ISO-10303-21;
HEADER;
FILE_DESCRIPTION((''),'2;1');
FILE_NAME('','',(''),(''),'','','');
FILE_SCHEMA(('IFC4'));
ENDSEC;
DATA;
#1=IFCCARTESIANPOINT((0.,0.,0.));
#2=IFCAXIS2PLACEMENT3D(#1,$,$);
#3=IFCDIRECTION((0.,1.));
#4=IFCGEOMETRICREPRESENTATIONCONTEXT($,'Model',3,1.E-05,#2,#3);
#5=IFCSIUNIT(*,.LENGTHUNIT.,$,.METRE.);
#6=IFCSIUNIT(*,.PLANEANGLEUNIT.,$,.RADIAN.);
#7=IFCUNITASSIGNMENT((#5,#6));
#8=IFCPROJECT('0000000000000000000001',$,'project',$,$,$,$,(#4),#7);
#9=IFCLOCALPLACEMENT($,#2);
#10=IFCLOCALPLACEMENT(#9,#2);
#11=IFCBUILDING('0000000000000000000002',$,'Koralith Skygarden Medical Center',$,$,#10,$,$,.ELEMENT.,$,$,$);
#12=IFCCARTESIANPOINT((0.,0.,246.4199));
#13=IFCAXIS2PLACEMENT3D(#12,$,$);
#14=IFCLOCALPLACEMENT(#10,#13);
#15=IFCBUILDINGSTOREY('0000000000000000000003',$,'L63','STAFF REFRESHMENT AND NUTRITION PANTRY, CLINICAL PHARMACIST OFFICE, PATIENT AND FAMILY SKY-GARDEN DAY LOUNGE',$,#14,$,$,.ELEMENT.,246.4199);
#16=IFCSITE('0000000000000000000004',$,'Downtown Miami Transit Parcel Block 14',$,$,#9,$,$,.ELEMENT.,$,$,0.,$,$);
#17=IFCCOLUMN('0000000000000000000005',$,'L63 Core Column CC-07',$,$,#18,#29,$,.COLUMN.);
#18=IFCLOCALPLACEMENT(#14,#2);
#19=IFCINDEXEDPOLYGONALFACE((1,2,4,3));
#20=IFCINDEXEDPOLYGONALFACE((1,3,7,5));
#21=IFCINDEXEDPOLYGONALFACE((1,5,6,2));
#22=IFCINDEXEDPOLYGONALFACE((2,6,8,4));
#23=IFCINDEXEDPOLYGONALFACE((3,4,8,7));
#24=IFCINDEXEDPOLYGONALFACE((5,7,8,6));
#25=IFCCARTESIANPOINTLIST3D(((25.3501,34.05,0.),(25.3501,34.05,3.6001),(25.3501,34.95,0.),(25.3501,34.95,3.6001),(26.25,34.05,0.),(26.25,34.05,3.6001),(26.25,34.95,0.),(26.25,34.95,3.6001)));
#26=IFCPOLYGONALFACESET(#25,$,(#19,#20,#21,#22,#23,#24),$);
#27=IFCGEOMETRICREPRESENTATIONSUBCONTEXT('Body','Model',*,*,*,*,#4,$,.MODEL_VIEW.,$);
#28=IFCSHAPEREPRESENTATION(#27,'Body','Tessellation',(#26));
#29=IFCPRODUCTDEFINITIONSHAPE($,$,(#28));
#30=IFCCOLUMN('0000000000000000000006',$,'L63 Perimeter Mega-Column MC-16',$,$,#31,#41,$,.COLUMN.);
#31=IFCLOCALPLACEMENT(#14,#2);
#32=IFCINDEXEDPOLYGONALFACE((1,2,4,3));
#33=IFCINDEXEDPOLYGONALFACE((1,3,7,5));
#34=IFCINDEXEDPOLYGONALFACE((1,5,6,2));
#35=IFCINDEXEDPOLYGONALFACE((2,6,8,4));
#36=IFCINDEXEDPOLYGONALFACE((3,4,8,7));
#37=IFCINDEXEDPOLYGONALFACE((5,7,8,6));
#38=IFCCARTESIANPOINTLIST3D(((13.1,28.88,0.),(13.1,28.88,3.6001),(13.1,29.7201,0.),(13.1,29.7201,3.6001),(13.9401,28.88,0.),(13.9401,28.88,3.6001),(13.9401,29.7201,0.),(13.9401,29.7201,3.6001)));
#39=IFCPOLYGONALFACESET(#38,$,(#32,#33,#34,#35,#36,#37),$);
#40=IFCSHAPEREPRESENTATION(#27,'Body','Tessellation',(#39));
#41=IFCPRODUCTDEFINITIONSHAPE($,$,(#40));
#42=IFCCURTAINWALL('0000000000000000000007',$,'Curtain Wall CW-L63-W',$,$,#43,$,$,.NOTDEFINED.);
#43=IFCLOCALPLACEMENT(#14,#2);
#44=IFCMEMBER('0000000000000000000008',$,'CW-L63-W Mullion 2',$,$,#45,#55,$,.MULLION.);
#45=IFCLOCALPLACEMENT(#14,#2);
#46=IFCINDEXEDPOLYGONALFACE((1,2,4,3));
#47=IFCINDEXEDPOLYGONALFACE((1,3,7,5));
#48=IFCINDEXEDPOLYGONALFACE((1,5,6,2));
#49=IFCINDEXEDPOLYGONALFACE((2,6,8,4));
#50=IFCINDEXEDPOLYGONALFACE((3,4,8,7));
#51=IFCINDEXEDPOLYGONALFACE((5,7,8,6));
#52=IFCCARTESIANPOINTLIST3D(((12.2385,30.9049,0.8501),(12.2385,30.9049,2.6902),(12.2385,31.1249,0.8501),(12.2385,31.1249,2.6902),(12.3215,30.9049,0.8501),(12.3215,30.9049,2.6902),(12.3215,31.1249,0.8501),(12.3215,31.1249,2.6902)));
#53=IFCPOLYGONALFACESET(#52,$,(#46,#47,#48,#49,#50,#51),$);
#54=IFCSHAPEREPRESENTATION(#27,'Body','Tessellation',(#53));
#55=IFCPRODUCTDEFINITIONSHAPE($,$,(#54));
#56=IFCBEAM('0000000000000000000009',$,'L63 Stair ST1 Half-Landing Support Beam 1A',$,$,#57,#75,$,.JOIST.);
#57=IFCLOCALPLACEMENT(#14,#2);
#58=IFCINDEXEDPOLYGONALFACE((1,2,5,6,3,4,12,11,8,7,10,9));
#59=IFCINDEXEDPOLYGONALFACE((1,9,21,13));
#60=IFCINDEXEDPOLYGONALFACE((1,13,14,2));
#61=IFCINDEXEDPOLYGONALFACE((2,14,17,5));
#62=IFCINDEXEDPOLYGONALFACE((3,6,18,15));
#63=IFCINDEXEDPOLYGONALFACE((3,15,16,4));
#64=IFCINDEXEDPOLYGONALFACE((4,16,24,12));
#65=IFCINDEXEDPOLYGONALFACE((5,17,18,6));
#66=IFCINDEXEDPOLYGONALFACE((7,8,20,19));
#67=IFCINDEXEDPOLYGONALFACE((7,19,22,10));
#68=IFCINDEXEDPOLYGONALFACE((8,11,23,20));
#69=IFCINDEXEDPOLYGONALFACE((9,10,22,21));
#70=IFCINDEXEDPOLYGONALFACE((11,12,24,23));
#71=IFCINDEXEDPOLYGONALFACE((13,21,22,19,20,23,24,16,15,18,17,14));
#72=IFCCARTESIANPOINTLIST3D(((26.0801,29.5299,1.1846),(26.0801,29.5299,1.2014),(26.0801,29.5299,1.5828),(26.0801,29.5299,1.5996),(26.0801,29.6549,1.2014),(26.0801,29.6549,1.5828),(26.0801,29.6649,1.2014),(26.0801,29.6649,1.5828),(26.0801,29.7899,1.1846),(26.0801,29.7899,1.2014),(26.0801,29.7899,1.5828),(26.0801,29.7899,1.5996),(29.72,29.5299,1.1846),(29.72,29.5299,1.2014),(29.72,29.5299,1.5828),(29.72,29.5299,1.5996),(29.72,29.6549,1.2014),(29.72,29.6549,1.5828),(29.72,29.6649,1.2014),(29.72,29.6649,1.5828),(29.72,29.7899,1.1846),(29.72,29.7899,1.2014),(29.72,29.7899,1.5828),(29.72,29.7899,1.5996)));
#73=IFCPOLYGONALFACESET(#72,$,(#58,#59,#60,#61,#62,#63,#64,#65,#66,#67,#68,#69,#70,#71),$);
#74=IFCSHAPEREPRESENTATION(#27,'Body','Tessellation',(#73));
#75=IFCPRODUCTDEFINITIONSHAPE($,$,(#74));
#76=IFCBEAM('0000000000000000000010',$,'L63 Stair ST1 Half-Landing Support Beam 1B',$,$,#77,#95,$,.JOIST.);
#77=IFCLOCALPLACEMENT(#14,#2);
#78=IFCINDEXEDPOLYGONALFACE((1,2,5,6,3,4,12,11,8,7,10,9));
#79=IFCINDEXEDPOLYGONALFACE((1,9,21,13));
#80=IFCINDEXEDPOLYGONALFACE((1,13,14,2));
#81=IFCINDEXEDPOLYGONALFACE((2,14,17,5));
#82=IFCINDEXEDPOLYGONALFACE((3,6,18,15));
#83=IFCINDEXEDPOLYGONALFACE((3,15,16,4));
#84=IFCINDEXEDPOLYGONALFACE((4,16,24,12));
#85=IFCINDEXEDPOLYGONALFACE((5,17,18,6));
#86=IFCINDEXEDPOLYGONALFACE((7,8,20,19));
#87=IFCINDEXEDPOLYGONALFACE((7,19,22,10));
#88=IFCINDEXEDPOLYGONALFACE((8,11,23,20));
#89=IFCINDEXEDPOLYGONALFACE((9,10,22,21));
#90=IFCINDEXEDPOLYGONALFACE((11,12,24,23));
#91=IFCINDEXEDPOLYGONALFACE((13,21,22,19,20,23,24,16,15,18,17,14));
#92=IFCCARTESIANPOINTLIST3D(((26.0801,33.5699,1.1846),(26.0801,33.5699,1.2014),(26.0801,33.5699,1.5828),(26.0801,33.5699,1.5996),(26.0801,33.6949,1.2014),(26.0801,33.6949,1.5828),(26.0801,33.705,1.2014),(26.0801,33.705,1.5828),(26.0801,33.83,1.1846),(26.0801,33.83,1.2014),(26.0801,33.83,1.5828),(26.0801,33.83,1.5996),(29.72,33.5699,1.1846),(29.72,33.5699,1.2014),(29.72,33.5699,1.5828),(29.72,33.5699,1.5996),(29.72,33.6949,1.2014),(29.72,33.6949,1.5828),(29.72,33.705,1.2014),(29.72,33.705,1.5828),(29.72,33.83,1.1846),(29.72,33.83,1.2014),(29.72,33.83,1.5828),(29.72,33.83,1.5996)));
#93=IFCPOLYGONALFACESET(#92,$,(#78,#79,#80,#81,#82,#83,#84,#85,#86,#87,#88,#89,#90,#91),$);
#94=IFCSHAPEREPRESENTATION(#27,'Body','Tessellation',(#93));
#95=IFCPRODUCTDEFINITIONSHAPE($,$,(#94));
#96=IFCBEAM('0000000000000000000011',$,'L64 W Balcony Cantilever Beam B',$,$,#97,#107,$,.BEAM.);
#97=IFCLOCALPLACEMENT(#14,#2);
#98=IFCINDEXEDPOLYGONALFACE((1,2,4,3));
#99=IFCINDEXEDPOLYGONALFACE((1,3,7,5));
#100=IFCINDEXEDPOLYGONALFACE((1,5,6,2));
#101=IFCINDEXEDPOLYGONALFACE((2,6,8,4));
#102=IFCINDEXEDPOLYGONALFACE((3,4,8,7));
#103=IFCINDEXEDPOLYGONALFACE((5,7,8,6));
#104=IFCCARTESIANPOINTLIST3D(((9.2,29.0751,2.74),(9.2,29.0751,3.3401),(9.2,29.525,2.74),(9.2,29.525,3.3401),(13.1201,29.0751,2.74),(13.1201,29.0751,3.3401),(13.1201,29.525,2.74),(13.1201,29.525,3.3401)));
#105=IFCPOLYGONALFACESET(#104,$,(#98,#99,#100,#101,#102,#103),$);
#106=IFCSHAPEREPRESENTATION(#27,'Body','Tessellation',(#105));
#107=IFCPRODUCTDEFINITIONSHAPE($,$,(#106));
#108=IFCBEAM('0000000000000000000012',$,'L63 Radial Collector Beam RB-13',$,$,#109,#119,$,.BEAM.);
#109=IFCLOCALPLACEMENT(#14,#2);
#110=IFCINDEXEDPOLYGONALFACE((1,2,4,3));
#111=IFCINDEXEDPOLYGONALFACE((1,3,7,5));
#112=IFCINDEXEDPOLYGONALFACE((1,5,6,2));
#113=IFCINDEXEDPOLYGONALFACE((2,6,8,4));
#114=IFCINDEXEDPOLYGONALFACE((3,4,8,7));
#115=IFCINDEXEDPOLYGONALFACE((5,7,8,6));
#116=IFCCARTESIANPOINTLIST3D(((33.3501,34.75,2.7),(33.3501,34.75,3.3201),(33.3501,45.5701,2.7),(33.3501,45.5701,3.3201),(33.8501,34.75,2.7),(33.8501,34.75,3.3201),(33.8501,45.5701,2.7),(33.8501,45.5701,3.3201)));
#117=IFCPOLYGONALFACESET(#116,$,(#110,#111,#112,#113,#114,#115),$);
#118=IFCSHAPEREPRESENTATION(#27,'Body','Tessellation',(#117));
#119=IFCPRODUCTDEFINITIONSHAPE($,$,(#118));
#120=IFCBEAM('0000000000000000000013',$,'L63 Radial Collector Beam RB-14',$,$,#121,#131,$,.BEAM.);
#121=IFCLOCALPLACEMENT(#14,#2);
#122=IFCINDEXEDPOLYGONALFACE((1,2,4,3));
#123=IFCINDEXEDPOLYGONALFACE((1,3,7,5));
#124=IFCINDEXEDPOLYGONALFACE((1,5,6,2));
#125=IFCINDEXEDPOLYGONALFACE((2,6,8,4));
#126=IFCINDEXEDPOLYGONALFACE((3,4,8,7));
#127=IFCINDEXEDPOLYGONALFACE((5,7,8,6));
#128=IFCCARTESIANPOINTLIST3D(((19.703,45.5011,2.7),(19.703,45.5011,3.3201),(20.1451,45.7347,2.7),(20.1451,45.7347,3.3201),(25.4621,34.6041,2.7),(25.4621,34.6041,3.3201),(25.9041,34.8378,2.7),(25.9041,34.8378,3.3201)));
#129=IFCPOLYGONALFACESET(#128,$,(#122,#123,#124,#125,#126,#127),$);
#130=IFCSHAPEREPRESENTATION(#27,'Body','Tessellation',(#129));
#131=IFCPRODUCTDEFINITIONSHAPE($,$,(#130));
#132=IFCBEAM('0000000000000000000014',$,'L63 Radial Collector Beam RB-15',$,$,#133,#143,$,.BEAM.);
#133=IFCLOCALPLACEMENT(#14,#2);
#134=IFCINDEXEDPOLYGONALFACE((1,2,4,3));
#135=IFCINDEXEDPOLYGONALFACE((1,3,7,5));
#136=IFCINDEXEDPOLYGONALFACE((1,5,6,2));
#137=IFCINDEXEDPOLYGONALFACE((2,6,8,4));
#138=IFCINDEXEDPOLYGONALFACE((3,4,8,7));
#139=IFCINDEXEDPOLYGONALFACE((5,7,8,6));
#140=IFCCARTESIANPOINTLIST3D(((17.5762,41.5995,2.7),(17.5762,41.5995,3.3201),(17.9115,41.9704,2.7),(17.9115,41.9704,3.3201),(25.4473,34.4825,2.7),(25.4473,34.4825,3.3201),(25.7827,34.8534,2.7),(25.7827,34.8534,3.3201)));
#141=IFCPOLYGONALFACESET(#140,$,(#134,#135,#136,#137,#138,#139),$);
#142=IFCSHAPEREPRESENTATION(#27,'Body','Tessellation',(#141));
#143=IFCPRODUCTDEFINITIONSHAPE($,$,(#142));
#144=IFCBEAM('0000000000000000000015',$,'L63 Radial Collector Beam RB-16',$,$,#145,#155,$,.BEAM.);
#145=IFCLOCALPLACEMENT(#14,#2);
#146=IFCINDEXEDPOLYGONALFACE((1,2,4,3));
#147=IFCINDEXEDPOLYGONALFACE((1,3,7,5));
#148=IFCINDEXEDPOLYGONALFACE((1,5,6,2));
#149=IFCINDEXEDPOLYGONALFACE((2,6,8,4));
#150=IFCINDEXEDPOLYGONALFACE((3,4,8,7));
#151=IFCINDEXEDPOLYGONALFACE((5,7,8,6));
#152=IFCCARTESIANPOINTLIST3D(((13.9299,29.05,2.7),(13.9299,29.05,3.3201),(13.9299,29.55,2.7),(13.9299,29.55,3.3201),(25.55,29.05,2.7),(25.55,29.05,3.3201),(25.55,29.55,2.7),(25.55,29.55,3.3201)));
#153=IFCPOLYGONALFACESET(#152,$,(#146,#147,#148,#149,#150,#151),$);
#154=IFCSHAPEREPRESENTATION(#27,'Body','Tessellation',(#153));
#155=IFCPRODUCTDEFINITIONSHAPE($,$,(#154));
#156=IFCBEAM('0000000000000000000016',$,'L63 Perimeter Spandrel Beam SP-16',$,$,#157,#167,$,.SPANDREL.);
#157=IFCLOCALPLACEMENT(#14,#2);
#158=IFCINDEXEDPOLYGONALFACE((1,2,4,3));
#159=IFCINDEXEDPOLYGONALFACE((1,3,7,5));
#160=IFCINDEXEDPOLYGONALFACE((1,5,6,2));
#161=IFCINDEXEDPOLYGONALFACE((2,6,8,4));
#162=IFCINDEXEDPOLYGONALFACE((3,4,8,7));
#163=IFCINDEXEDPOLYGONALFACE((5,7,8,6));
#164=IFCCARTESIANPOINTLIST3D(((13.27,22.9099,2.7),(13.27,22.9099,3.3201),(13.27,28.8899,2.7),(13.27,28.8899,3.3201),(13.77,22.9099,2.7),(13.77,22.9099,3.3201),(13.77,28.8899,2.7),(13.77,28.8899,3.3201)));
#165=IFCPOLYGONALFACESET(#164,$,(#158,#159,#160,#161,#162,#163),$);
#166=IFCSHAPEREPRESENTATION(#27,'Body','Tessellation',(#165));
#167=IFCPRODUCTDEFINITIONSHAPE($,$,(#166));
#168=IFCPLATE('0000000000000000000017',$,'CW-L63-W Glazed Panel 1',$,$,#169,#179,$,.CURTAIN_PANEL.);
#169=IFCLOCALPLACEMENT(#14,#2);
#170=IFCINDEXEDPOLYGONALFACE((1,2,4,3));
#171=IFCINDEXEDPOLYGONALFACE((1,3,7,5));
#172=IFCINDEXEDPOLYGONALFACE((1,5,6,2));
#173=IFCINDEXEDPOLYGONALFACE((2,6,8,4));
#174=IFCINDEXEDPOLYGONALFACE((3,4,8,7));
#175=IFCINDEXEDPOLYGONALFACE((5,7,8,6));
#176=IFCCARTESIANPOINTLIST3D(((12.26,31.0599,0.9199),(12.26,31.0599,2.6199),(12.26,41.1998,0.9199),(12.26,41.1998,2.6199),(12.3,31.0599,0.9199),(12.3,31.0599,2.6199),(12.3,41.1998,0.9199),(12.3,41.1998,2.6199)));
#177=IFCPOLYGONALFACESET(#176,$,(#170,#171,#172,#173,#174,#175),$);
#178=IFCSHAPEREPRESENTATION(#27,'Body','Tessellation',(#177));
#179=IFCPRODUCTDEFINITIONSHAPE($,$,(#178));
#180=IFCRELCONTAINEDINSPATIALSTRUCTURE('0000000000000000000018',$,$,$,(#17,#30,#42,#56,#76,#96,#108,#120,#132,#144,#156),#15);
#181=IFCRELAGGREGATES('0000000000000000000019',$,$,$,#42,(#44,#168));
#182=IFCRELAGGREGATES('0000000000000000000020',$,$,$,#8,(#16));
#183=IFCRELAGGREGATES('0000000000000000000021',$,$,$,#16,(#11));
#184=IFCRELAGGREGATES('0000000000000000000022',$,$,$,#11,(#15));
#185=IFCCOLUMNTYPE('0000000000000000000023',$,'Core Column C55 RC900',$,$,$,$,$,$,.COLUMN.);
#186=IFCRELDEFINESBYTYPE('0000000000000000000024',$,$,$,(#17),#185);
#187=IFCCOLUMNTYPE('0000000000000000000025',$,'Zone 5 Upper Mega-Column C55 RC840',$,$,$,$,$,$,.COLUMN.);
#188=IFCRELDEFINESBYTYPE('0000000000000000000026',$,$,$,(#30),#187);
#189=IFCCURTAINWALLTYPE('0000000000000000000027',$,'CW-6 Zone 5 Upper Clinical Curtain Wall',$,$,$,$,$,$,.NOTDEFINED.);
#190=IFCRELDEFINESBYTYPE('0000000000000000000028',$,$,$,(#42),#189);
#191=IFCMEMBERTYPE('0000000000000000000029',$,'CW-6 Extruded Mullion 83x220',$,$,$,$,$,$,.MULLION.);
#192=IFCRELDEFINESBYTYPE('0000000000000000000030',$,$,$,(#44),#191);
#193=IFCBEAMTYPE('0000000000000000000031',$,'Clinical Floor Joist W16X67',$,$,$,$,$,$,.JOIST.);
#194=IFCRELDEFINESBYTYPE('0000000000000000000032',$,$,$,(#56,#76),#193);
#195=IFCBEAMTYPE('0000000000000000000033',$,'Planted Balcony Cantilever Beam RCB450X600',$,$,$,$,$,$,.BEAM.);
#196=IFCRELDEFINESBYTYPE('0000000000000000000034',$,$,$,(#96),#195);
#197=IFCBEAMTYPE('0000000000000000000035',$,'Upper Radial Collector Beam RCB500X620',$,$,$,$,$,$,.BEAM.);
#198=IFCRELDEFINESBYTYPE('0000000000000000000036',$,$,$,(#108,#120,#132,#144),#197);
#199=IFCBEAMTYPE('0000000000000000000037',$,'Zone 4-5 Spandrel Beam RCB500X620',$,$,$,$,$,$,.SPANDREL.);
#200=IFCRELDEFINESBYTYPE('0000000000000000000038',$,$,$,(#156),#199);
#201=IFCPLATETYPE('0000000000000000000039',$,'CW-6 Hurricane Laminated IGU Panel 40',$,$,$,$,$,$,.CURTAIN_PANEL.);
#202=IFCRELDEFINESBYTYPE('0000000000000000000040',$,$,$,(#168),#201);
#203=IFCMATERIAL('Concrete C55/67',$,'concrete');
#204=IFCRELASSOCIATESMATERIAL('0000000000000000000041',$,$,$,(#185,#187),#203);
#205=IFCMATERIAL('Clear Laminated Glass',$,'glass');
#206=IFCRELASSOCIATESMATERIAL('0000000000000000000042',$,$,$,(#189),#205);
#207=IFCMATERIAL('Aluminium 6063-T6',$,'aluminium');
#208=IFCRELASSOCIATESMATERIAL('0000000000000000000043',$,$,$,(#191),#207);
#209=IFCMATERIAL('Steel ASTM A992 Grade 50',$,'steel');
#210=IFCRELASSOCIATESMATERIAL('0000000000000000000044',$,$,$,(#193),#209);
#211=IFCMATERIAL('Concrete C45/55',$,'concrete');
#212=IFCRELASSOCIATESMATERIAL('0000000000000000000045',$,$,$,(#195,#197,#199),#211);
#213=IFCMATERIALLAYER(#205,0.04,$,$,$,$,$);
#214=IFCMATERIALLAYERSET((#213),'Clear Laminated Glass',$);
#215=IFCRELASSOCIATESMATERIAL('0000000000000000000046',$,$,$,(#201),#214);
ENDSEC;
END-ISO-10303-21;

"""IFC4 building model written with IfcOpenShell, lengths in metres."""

from ifc_helpers import new_model, si_unit, direction, frame, origin, origin_2d, place, context, subcontext, project, spatial, rectangle, i_section, extrude, material, layer, layer_set, material_profile, profile_set, type_object, element, aggregate, save


model = new_model("IFC4")

# Units and contexts
model_context = context("Model", 3, precision=1e-05, world=origin(), true_north=direction((0.0, 1.0)))
body_context = subcontext(model_context, "Body", "Model", "MODEL_VIEW")
ifc_project = project(units=[si_unit("LENGTHUNIT", "METRE"), si_unit("PLANEANGLEUNIT", "RADIAN")], contexts=[model_context])

# Site, building, storey
site_placement = place(None, origin())
site = spatial("IfcSite", under=ifc_project, at=site_placement, Name="Downtown Miami Transit Parcel Block 14", CompositionType="ELEMENT", RefElevation=0.0)
building_placement = place(site_placement, origin())
building = spatial("IfcBuilding", under=site, at=building_placement, Name="Koralith Skygarden Medical Center", CompositionType="ELEMENT")
storey_placement = place(building_placement, frame((0.0, 0.0, 246.4199)))
storey = spatial("IfcBuildingStorey", under=building, at=storey_placement, Name="L63", Description="STAFF REFRESHMENT AND NUTRITION PANTRY, CLINICAL PHARMACIST OFFICE, PATIENT AND FAMILY SKY-GARDEN DAY LOUNGE", CompositionType="ELEMENT", Elevation=246.4199)

# Columns
ifc_material_1 = material(Name="Concrete C55/67", Category="concrete")
ifc_material_profile_1 = material_profile(ifc_material_1, rectangle(XDim=0.8999, YDim=0.8999, at=origin_2d()), Name="RC900X900")
ifc_profile_set_1 = profile_set([ifc_material_profile_1], Name="Concrete C55/67")
column_type_1 = type_object("IfcColumnType", Name="Core Column C55 RC900", PredefinedType="COLUMN", material=ifc_profile_set_1)
column_1_placement = place(storey_placement, frame((25.8, 34.5, 0.0), z_axis=(0.0, 0.0, 1.0), x_axis=(1.0, 0.0, 0.0)))
element("IfcColumn", 1, at=column_1_placement, inside=storey, type_object=column_type_1, Name="L63 Core Column CC-07", PredefinedType="COLUMN", context=body_context, shape_type="SweptSolid", body=[
    extrude(rectangle(XDim=0.8999, YDim=0.8999, at=origin_2d()), origin(), (0.0, 0.0, 1.0), 3.6001),
])
ifc_material_profile_2 = material_profile(ifc_material_1, rectangle(XDim=0.8401, YDim=0.8401, at=origin_2d()), Name="RC840X840")
ifc_profile_set_2 = profile_set([ifc_material_profile_2], Name="Concrete C55/67")
column_type_2 = type_object("IfcColumnType", Name="Zone 5 Upper Mega-Column C55 RC840", PredefinedType="COLUMN", material=ifc_profile_set_2)
column_2_placement = place(storey_placement, frame((13.52, 29.3, 0.0), z_axis=(0.0, 0.0, 1.0), x_axis=(1.0, 0.0, 0.0)))
element("IfcColumn", 2, at=column_2_placement, inside=storey, type_object=column_type_2, Name="L63 Perimeter Mega-Column MC-16", PredefinedType="COLUMN", context=body_context, shape_type="SweptSolid", body=[
    extrude(rectangle(XDim=0.8401, YDim=0.8401, at=origin_2d()), origin(), (0.0, 0.0, 1.0), 3.6001),
])

# Curtain wall, member
ifc_material_2 = material(Name="Clear Laminated Glass", Category="glass")
curtain_wall_type = type_object("IfcCurtainWallType", Name="CW-6 Zone 5 Upper Clinical Curtain Wall", PredefinedType="NOTDEFINED", material=ifc_material_2)
curtain_wall_placement = place(storey_placement, origin())
curtain_wall = element("IfcCurtainWall", 3, at=curtain_wall_placement, inside=storey, type_object=curtain_wall_type, Name="Curtain Wall CW-L63-W", PredefinedType="NOTDEFINED")
ifc_material_3 = material(Name="Aluminium 6063-T6", Category="aluminium")
ifc_material_profile_3 = material_profile(ifc_material_3, rectangle(XDim=0.083, YDim=0.22, at=origin_2d()), Name="MUL83X220")
ifc_profile_set_3 = profile_set([ifc_material_profile_3], Name="Aluminium 6063-T6")
member_type = type_object("IfcMemberType", Name="CW-6 Extruded Mullion 83x220", PredefinedType="MULLION", material=ifc_profile_set_3)
member_placement = place(storey_placement, frame((12.28, 31.0149, 0.8501), z_axis=(0.0, 0.0, 1.0), x_axis=(1.0, 0.0, 0.0)))
member = element("IfcMember", 4, at=member_placement, type_object=member_type, Name="CW-L63-W Mullion 2", PredefinedType="MULLION", context=body_context, shape_type="SweptSolid", body=[
    extrude(rectangle(XDim=0.083, YDim=0.22, at=origin_2d()), origin(), (0.0, 0.0, 1.0), 1.8401),
])

# Beams
ifc_material_4 = material(Name="Steel ASTM A992 Grade 50", Category="steel")
ifc_material_profile_4 = material_profile(ifc_material_4, i_section(OverallWidth=0.26, OverallDepth=0.415, WebThickness=0.01, FlangeThickness=0.0168, at=origin_2d()), Name="W16X67")
ifc_profile_set_4 = profile_set([ifc_material_profile_4], Name="Steel ASTM A992 Grade 50")
beam_type_1 = type_object("IfcBeamType", Name="Clinical Floor Joist W16X67", PredefinedType="JOIST", material=ifc_profile_set_4)
for number, where, z_axis, x_axis, name in (
    (5, (26.0801, 29.6599, 1.3921), (1.0, 0.0, 0.0), (0.0, 1.0, 0.0), "L63 Stair ST1 Half-Landing Support Beam 1A"),
    (6, (26.0801, 33.7, 1.3921), (1.0, 0.0, 0.0), (0.0, 1.0, 0.0), "L63 Stair ST1 Half-Landing Support Beam 1B"),
):
    element("IfcBeam", number, at=place(storey_placement, frame(where, z_axis=z_axis, x_axis=x_axis)), inside=storey, type_object=beam_type_1, Name=name, PredefinedType="JOIST", context=body_context, shape_type="SweptSolid", body=[
        extrude(i_section(OverallWidth=0.26, OverallDepth=0.415, WebThickness=0.01, FlangeThickness=0.0168, at=origin_2d()), origin(), (0.0, 0.0, 1.0), 3.6399),
    ])
ifc_material_5 = material(Name="Concrete C45/55", Category="concrete")
ifc_material_profile_5 = material_profile(ifc_material_5, rectangle(XDim=0.45, YDim=0.6001, at=origin_2d()), Name="RCB450X600")
ifc_profile_set_5 = profile_set([ifc_material_profile_5], Name="Concrete C45/55")
beam_type_2 = type_object("IfcBeamType", Name="Planted Balcony Cantilever Beam RCB450X600", PredefinedType="BEAM", material=ifc_profile_set_5)
beam_1_placement = place(storey_placement, frame((13.1201, 29.3, 3.04), z_axis=(-1.0, 0.0, 0.0), x_axis=(0.0, -1.0, 0.0)))
element("IfcBeam", 7, at=beam_1_placement, inside=storey, type_object=beam_type_2, Name="L64 W Balcony Cantilever Beam B", PredefinedType="BEAM", context=body_context, shape_type="SweptSolid", body=[
    extrude(rectangle(XDim=0.45, YDim=0.6001, at=origin_2d()), origin(), (0.0, 0.0, 1.0), 3.9202),
])
ifc_material_profile_6 = material_profile(ifc_material_5, rectangle(XDim=0.5, YDim=0.6201, at=origin_2d()), Name="RCB500X620")
ifc_profile_set_6 = profile_set([ifc_material_profile_6], Name="Concrete C45/55")
beam_type_3 = type_object("IfcBeamType", Name="Upper Radial Collector Beam RCB500X620", PredefinedType="BEAM", material=ifc_profile_set_6)
beam_2_placement = place(storey_placement, frame((33.6001, 34.75, 3.01), z_axis=(0.0, 1.0, 0.0), x_axis=(-1.0, 0.0, 0.0)))
element("IfcBeam", 8, at=beam_2_placement, inside=storey, type_object=beam_type_3, Name="L63 Radial Collector Beam RB-13", PredefinedType="BEAM", context=body_context, shape_type="SweptSolid", body=[
    extrude(rectangle(XDim=0.5, YDim=0.6201, at=origin_2d()), origin(), (0.0, 0.0, 1.0), 10.8201),
])
beam_3_placement = place(storey_placement, frame((25.6831, 34.7209, 3.01), z_axis=(-0.467257, 0.884122, 0.0), x_axis=(-0.884122, -0.467257, 0.0)))
element("IfcBeam", 9, at=beam_3_placement, inside=storey, type_object=beam_type_3, Name="L63 Radial Collector Beam RB-14", PredefinedType="BEAM", context=body_context, shape_type="SweptSolid", body=[
    extrude(rectangle(XDim=0.5, YDim=0.6201, at=origin_2d()), origin(), (0.0, 0.0, 1.0), 12.3252),
])
beam_4_placement = place(storey_placement, frame((25.615, 34.668, 3.01), z_axis=(-0.741748, 0.670679, 0.0), x_axis=(-0.670679, -0.741748, 0.0)))
element("IfcBeam", 10, at=beam_4_placement, inside=storey, type_object=beam_type_3, Name="L63 Radial Collector Beam RB-15", PredefinedType="BEAM", context=body_context, shape_type="SweptSolid", body=[
    extrude(rectangle(XDim=0.5, YDim=0.6201, at=origin_2d()), origin(), (0.0, 0.0, 1.0), 10.6116),
])
beam_5_placement = place(storey_placement, frame((25.55, 29.3, 3.01), z_axis=(-1.0, 0.0, 0.0), x_axis=(0.0, -1.0, 0.0)))
element("IfcBeam", 11, at=beam_5_placement, inside=storey, type_object=beam_type_3, Name="L63 Radial Collector Beam RB-16", PredefinedType="BEAM", context=body_context, shape_type="SweptSolid", body=[
    extrude(rectangle(XDim=0.5, YDim=0.6201, at=origin_2d()), origin(), (0.0, 0.0, 1.0), 11.6201),
])
ifc_material_profile_7 = material_profile(ifc_material_5, rectangle(XDim=0.5, YDim=0.6201, at=origin_2d()), Name="RCB500X620")
ifc_profile_set_7 = profile_set([ifc_material_profile_7], Name="Concrete C45/55")
beam_type_4 = type_object("IfcBeamType", Name="Zone 4-5 Spandrel Beam RCB500X620", PredefinedType="SPANDREL", material=ifc_profile_set_7)
beam_6_placement = place(storey_placement, frame((13.52, 28.8899, 3.01), z_axis=(0.0, -1.0, 0.0), x_axis=(1.0, 0.0, 0.0)))
element("IfcBeam", 12, at=beam_6_placement, inside=storey, type_object=beam_type_4, Name="L63 Perimeter Spandrel Beam SP-16", PredefinedType="SPANDREL", context=body_context, shape_type="SweptSolid", body=[
    extrude(rectangle(XDim=0.5, YDim=0.6201, at=origin_2d()), origin(), (0.0, 0.0, 1.0), 5.98),
])

# Plate
ifc_layer_1 = layer(ifc_material_2, 0.04)
ifc_layer_set_1 = layer_set([ifc_layer_1], Name="Clear Laminated Glass")
plate_type = type_object("IfcPlateType", Name="CW-6 Hurricane Laminated IGU Panel 40", PredefinedType="CURTAIN_PANEL", material=ifc_layer_set_1)
plate_placement = place(storey_placement, frame((12.28, 36.1299, 0.9199), z_axis=(0.0, 0.0, 1.0), x_axis=(0.0, -1.0, 0.0)))
plate = element("IfcPlate", 13, at=plate_placement, type_object=plate_type, Name="CW-L63-W Glazed Panel 1", PredefinedType="CURTAIN_PANEL", context=body_context, shape_type="SweptSolid", body=[
    extrude(rectangle(XDim=10.1399, YDim=0.04, at=origin_2d()), origin(), (0.0, 0.0, 1.0), 1.7),
])
aggregate(curtain_wall, [member, plate])

save(model, "model.ifc")
